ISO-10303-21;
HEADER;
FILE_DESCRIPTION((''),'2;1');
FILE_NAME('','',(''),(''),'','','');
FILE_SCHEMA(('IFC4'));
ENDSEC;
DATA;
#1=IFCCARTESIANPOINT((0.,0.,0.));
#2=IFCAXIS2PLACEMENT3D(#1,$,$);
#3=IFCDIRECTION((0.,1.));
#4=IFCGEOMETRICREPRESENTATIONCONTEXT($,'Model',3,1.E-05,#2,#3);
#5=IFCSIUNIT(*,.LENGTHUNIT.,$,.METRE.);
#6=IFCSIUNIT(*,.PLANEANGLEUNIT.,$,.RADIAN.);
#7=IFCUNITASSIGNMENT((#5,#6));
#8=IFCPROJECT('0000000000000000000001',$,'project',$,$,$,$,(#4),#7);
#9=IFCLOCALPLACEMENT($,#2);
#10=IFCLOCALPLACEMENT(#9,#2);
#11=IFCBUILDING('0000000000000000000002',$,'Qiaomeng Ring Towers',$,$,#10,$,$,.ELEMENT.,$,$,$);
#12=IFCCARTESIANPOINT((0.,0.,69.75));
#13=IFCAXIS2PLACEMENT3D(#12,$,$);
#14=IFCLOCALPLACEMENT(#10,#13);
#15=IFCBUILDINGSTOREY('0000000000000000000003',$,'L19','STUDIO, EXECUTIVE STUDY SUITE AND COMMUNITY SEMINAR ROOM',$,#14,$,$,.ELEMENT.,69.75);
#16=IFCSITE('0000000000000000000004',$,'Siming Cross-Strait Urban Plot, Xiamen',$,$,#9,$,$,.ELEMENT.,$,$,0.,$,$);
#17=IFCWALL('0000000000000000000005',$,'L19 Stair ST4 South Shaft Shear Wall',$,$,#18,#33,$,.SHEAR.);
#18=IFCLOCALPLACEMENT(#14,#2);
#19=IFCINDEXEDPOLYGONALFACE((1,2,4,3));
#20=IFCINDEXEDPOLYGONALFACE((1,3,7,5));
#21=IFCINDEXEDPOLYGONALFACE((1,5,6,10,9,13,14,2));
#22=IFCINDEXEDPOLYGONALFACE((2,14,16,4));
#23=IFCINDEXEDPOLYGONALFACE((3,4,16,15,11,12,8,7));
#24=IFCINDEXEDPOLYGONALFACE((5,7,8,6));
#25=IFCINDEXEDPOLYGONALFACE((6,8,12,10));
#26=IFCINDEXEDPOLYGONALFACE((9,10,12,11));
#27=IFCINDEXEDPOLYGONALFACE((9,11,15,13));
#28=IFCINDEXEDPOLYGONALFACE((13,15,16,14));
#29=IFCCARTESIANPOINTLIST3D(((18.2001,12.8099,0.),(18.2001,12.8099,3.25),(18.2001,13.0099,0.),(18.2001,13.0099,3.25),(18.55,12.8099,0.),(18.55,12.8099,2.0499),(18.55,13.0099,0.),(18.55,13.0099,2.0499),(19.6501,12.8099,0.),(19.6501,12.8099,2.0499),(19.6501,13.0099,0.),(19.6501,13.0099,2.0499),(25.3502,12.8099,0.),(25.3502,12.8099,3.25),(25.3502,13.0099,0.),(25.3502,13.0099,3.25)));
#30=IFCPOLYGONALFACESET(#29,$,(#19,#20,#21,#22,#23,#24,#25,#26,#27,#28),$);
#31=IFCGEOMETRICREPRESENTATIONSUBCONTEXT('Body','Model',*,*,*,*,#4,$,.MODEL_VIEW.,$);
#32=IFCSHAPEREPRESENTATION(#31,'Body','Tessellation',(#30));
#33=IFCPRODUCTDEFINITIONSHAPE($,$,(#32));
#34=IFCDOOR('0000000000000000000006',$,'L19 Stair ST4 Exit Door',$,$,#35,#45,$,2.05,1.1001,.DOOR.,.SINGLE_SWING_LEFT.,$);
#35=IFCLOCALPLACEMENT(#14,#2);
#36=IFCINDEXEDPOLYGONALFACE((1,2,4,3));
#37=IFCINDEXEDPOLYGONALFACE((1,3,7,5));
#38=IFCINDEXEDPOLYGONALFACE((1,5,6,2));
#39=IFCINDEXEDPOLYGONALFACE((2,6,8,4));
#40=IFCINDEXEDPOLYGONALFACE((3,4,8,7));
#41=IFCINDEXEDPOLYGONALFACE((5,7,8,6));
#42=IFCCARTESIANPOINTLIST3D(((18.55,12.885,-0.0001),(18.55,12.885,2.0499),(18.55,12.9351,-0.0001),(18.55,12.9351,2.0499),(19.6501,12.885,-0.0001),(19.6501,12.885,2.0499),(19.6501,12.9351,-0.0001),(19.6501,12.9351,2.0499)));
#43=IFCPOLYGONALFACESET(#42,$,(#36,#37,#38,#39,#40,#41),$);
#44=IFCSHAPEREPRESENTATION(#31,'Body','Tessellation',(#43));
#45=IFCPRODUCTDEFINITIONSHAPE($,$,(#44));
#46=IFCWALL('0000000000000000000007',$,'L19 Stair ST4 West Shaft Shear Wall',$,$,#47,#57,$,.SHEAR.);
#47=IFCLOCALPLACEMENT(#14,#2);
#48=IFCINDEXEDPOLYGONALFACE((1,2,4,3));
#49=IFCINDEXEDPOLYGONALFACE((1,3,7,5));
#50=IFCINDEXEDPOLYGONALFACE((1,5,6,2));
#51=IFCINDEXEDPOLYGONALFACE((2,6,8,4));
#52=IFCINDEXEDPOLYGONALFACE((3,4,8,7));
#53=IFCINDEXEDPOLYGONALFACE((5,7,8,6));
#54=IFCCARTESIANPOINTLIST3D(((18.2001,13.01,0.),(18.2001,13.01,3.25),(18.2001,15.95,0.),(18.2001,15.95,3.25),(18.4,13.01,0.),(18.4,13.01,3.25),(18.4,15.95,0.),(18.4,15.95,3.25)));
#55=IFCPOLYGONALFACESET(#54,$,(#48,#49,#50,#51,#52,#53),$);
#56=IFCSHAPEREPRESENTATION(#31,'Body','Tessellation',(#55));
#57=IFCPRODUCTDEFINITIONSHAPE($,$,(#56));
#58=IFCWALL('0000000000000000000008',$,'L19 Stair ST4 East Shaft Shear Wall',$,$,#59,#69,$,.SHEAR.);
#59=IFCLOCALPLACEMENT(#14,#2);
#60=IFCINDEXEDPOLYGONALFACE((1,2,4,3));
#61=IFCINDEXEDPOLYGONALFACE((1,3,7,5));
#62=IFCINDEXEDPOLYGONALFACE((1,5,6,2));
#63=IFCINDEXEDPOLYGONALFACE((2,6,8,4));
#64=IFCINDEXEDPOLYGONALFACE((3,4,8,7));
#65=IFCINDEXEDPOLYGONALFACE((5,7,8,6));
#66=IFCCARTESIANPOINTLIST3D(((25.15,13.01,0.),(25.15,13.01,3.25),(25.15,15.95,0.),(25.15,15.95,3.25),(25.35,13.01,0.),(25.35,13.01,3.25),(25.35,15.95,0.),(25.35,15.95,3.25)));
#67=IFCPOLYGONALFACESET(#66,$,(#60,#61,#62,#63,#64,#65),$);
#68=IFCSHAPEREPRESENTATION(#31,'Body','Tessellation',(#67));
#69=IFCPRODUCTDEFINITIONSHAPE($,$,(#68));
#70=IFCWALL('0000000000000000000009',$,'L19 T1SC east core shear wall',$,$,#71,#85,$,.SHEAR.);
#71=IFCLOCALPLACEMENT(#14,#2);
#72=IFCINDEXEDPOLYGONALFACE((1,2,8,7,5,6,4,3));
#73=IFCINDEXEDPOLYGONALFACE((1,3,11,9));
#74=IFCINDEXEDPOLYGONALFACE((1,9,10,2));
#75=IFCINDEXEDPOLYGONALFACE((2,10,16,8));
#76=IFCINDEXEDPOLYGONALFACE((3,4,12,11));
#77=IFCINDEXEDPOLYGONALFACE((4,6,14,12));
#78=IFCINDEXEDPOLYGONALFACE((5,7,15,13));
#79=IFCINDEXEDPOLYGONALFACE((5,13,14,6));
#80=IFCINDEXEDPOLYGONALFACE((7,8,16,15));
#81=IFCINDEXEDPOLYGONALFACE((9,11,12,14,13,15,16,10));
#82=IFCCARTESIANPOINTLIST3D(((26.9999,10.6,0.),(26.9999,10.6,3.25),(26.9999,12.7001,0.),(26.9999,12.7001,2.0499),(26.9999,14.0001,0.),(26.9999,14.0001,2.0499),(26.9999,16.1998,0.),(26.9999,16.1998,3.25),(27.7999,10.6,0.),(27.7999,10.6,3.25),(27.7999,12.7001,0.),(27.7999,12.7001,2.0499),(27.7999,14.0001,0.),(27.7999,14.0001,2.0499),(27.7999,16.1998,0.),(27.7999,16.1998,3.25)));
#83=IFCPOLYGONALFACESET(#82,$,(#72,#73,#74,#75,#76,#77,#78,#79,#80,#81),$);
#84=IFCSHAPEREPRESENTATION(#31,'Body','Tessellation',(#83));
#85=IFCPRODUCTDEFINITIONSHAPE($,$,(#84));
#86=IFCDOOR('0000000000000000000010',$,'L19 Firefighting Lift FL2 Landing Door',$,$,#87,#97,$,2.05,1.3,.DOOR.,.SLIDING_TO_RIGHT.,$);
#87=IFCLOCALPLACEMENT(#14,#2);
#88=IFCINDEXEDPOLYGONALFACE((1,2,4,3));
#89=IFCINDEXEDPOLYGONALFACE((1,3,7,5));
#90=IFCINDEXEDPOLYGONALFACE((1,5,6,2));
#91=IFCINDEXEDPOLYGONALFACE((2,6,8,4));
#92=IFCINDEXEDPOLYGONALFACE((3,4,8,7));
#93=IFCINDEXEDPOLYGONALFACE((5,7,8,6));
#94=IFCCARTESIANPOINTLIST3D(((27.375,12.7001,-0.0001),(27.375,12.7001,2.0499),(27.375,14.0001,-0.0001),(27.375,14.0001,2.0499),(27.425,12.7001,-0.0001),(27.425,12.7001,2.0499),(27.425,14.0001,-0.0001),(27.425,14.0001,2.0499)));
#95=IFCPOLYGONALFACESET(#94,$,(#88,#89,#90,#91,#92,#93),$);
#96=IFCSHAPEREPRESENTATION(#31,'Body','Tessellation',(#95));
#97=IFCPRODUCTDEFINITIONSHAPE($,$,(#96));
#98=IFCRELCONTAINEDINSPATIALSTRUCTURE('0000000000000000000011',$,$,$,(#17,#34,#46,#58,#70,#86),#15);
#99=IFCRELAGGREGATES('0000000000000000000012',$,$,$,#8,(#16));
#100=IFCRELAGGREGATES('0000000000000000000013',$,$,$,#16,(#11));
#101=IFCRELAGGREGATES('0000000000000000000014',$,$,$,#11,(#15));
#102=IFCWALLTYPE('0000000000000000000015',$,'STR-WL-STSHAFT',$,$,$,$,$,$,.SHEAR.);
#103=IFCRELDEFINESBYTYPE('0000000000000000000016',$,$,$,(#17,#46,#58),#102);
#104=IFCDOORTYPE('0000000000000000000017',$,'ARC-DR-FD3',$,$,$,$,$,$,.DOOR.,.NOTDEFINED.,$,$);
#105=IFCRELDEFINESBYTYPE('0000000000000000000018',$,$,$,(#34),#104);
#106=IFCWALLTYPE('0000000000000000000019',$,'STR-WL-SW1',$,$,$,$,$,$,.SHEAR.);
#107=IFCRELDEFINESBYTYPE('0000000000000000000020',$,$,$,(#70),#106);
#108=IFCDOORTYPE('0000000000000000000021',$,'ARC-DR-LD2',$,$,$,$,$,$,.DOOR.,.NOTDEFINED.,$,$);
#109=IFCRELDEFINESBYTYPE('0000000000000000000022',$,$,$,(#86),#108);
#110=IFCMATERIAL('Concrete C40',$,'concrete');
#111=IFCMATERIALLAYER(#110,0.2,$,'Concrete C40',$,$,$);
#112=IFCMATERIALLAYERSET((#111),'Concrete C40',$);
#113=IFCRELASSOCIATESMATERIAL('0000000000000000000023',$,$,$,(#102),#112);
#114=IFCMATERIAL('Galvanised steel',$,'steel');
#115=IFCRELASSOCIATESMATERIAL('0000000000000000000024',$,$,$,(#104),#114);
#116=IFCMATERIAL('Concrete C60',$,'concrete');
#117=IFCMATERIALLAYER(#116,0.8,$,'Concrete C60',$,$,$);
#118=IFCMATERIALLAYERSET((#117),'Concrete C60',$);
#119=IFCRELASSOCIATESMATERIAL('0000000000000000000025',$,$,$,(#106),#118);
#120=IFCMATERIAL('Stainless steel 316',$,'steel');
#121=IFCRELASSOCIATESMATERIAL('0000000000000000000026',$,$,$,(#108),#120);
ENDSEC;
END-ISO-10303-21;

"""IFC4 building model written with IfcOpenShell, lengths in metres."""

from ifc_helpers import new_model, si_unit, direction, frame, frame_2d, origin, place, context, subcontext, project, spatial, rectangle, extrude, source, transform, mapped, material, layer, layer_set, type_object, element, fill, save


model = new_model("IFC4")

# Units and contexts
model_context = context("Model", 3, precision=1e-05, world=origin(), true_north=direction((0.0, 1.0)))
body_context = subcontext(model_context, "Body", "Model", "MODEL_VIEW")
ifc_project = project(units=[si_unit("LENGTHUNIT", "METRE"), si_unit("PLANEANGLEUNIT", "RADIAN")], contexts=[model_context])

# Site, building, storey
site_placement = place(None, origin())
site = spatial("IfcSite", under=ifc_project, at=site_placement, Name="Siming Cross-Strait Urban Plot, Xiamen", CompositionType="ELEMENT", RefElevation=0.0)
building_placement = place(site_placement, origin())
building = spatial("IfcBuilding", under=site, at=building_placement, Name="Qiaomeng Ring Towers", CompositionType="ELEMENT")
storey_placement = place(building_placement, frame((0.0, 0.0, 69.75)))
storey = spatial("IfcBuildingStorey", under=building, at=storey_placement, Name="L19", Description="STUDIO, EXECUTIVE STUDY SUITE AND COMMUNITY SEMINAR ROOM", CompositionType="ELEMENT", Elevation=69.75)

# Shared definitions
ifc_material_1 = material(Name="Concrete C40", Category="concrete")
ifc_layer_1 = layer(ifc_material_1, 0.2, Name="Concrete C40")
ifc_layer_set_1 = layer_set([ifc_layer_1], Name="Concrete C40")
wall_type_1 = type_object("IfcWallType", Name="STR-WL-STSHAFT", PredefinedType="SHEAR", material=ifc_layer_set_1)

# Wall, opening, door
wall_1_placement = place(storey_placement, frame((18.2, 12.9099, 0.0), z_axis=(0.0, 0.0, 1.0), x_axis=(1.0, 0.0, 0.0)))
wall_1 = element("IfcWall", 1, at=wall_1_placement, inside=storey, type_object=wall_type_1, Name="L19 Stair ST4 South Shaft Shear Wall", PredefinedType="SHEAR", context=body_context, shape_type="SweptSolid", body=[
    extrude(rectangle(XDim=7.1501, YDim=0.2, at=frame_2d((3.5752, 0.0))), origin(), (0.0, 0.0, 1.0), 3.25),
])
opening_1_placement = place(wall_1_placement, frame((0.3501, 0.0, 0.0)))
opening_1 = element("IfcOpeningElement", 2, at=opening_1_placement, cuts=wall_1, PredefinedType="OPENING", context=body_context, shape_type="SweptSolid", body=[
    extrude(rectangle(XDim=1.1001, YDim=2.05, at=frame_2d((0.55, 1.0249))), frame((0.0, 0.1099, 0.0), z_axis=(0.0, -1.0, 0.0), x_axis=(1.0, 0.0, 0.0)), (0.0, 0.0, 1.0), 0.22),
])
ifc_material_2 = material(Name="Galvanised steel", Category="steel")
door_type_1 = type_object("IfcDoorType", Name="ARC-DR-FD3", OperationType="NOTDEFINED", PredefinedType="DOOR", material=ifc_material_2)
shared_shape_1 = source(origin(), body_context, "Body", "SweptSolid", [
    extrude(rectangle(XDim=1.1001, YDim=2.05, at=frame_2d((0.55, 1.0249))), frame((0.0, 0.0249, 0.0), z_axis=(0.0, -1.0, 0.0), x_axis=(1.0, 0.0, 0.0)), (0.0, 0.0, 1.0), 0.05),
])
door_1_placement = place(opening_1_placement, frame((1.1001, 0.0, 0.0), z_axis=(0.0, 0.0, 1.0), x_axis=(-1.0, 0.0, 0.0)))
door_1 = element("IfcDoor", 3, at=door_1_placement, inside=storey, type_object=door_type_1, Name="L19 Stair ST4 Exit Door", OperationType="SINGLE_SWING_LEFT", OverallHeight=2.05, OverallWidth=1.1001, PredefinedType="DOOR", context=body_context, shape_type="MappedRepresentation", body=[
    mapped(shared_shape_1, transform((0.0, 0.0, 0.0), x_axis=(1.0, 0.0, 0.0), y_axis=(0.0, 1.0, 0.0), z_axis=(0.0, 0.0, 1.0), scale=1.0)),
])
fill(opening_1, door_1)

# Walls
for number, where, z_axis, x_axis, name in (
    (4, (18.3, 13.01, 0.0), (0.0, 0.0, 1.0), (0.0, 1.0, 0.0), "L19 Stair ST4 West Shaft Shear Wall"),
    (5, (25.25, 13.01, 0.0), (0.0, 0.0, 1.0), (0.0, 1.0, 0.0), "L19 Stair ST4 East Shaft Shear Wall"),
):
    element("IfcWall", number, at=place(storey_placement, frame(where, z_axis=z_axis, x_axis=x_axis)), inside=storey, type_object=wall_type_1, Name=name, PredefinedType="SHEAR", context=body_context, shape_type="SweptSolid", body=[
        extrude(rectangle(XDim=2.9399, YDim=0.2, at=frame_2d((1.47, 0.0))), origin(), (0.0, 0.0, 1.0), 3.25),
    ])

# Wall, opening, door
ifc_material_3 = material(Name="Concrete C60", Category="concrete")
ifc_layer_2 = layer(ifc_material_3, 0.8, Name="Concrete C60")
ifc_layer_set_2 = layer_set([ifc_layer_2], Name="Concrete C60")
wall_type_2 = type_object("IfcWallType", Name="STR-WL-SW1", PredefinedType="SHEAR", material=ifc_layer_set_2)
wall_2_placement = place(storey_placement, frame((27.3999, 10.6001, 0.0), z_axis=(0.0, 0.0, 1.0), x_axis=(0.0, 1.0, 0.0)))
wall_2 = element("IfcWall", 6, at=wall_2_placement, inside=storey, type_object=wall_type_2, Name="L19 T1SC east core shear wall", PredefinedType="SHEAR", context=body_context, shape_type="SweptSolid", body=[
    extrude(rectangle(XDim=5.5999, YDim=0.8, at=frame_2d((2.7998, 0.0))), origin(), (0.0, 0.0, 1.0), 3.25),
])
opening_2_placement = place(wall_2_placement, frame((2.1001, 0.0, 0.0)))
opening_2 = element("IfcOpeningElement", 7, at=opening_2_placement, cuts=wall_2, PredefinedType="OPENING", context=body_context, shape_type="SweptSolid", body=[
    extrude(rectangle(XDim=1.3, YDim=2.05, at=frame_2d((0.6499, 1.0249))), frame((0.0, 0.4099, 0.0), z_axis=(0.0, -1.0, 0.0), x_axis=(1.0, 0.0, 0.0)), (0.0, 0.0, 1.0), 0.8201),
])
ifc_material_4 = material(Name="Stainless steel 316", Category="steel")
door_type_2 = type_object("IfcDoorType", Name="ARC-DR-LD2", OperationType="NOTDEFINED", PredefinedType="DOOR", material=ifc_material_4)
shared_shape_2 = source(origin(), body_context, "Body", "SweptSolid", [
    extrude(rectangle(XDim=1.3, YDim=2.05, at=frame_2d((0.6499, 1.0249))), frame((0.0, 0.0249, 0.0), z_axis=(0.0, -1.0, 0.0), x_axis=(1.0, 0.0, 0.0)), (0.0, 0.0, 1.0), 0.05),
])
door_2_placement = place(opening_2_placement, origin())
door_2 = element("IfcDoor", 8, at=door_2_placement, inside=storey, type_object=door_type_2, Name="L19 Firefighting Lift FL2 Landing Door", OperationType="SLIDING_TO_RIGHT", OverallHeight=2.05, OverallWidth=1.3, PredefinedType="DOOR", context=body_context, shape_type="MappedRepresentation", body=[
    mapped(shared_shape_2, transform((0.0, 0.0, 0.0), x_axis=(1.0, 0.0, 0.0), y_axis=(0.0, 1.0, 0.0), z_axis=(0.0, 0.0, 1.0), scale=1.0)),
])
fill(opening_2, door_2)

save(model, "model.ifc")
